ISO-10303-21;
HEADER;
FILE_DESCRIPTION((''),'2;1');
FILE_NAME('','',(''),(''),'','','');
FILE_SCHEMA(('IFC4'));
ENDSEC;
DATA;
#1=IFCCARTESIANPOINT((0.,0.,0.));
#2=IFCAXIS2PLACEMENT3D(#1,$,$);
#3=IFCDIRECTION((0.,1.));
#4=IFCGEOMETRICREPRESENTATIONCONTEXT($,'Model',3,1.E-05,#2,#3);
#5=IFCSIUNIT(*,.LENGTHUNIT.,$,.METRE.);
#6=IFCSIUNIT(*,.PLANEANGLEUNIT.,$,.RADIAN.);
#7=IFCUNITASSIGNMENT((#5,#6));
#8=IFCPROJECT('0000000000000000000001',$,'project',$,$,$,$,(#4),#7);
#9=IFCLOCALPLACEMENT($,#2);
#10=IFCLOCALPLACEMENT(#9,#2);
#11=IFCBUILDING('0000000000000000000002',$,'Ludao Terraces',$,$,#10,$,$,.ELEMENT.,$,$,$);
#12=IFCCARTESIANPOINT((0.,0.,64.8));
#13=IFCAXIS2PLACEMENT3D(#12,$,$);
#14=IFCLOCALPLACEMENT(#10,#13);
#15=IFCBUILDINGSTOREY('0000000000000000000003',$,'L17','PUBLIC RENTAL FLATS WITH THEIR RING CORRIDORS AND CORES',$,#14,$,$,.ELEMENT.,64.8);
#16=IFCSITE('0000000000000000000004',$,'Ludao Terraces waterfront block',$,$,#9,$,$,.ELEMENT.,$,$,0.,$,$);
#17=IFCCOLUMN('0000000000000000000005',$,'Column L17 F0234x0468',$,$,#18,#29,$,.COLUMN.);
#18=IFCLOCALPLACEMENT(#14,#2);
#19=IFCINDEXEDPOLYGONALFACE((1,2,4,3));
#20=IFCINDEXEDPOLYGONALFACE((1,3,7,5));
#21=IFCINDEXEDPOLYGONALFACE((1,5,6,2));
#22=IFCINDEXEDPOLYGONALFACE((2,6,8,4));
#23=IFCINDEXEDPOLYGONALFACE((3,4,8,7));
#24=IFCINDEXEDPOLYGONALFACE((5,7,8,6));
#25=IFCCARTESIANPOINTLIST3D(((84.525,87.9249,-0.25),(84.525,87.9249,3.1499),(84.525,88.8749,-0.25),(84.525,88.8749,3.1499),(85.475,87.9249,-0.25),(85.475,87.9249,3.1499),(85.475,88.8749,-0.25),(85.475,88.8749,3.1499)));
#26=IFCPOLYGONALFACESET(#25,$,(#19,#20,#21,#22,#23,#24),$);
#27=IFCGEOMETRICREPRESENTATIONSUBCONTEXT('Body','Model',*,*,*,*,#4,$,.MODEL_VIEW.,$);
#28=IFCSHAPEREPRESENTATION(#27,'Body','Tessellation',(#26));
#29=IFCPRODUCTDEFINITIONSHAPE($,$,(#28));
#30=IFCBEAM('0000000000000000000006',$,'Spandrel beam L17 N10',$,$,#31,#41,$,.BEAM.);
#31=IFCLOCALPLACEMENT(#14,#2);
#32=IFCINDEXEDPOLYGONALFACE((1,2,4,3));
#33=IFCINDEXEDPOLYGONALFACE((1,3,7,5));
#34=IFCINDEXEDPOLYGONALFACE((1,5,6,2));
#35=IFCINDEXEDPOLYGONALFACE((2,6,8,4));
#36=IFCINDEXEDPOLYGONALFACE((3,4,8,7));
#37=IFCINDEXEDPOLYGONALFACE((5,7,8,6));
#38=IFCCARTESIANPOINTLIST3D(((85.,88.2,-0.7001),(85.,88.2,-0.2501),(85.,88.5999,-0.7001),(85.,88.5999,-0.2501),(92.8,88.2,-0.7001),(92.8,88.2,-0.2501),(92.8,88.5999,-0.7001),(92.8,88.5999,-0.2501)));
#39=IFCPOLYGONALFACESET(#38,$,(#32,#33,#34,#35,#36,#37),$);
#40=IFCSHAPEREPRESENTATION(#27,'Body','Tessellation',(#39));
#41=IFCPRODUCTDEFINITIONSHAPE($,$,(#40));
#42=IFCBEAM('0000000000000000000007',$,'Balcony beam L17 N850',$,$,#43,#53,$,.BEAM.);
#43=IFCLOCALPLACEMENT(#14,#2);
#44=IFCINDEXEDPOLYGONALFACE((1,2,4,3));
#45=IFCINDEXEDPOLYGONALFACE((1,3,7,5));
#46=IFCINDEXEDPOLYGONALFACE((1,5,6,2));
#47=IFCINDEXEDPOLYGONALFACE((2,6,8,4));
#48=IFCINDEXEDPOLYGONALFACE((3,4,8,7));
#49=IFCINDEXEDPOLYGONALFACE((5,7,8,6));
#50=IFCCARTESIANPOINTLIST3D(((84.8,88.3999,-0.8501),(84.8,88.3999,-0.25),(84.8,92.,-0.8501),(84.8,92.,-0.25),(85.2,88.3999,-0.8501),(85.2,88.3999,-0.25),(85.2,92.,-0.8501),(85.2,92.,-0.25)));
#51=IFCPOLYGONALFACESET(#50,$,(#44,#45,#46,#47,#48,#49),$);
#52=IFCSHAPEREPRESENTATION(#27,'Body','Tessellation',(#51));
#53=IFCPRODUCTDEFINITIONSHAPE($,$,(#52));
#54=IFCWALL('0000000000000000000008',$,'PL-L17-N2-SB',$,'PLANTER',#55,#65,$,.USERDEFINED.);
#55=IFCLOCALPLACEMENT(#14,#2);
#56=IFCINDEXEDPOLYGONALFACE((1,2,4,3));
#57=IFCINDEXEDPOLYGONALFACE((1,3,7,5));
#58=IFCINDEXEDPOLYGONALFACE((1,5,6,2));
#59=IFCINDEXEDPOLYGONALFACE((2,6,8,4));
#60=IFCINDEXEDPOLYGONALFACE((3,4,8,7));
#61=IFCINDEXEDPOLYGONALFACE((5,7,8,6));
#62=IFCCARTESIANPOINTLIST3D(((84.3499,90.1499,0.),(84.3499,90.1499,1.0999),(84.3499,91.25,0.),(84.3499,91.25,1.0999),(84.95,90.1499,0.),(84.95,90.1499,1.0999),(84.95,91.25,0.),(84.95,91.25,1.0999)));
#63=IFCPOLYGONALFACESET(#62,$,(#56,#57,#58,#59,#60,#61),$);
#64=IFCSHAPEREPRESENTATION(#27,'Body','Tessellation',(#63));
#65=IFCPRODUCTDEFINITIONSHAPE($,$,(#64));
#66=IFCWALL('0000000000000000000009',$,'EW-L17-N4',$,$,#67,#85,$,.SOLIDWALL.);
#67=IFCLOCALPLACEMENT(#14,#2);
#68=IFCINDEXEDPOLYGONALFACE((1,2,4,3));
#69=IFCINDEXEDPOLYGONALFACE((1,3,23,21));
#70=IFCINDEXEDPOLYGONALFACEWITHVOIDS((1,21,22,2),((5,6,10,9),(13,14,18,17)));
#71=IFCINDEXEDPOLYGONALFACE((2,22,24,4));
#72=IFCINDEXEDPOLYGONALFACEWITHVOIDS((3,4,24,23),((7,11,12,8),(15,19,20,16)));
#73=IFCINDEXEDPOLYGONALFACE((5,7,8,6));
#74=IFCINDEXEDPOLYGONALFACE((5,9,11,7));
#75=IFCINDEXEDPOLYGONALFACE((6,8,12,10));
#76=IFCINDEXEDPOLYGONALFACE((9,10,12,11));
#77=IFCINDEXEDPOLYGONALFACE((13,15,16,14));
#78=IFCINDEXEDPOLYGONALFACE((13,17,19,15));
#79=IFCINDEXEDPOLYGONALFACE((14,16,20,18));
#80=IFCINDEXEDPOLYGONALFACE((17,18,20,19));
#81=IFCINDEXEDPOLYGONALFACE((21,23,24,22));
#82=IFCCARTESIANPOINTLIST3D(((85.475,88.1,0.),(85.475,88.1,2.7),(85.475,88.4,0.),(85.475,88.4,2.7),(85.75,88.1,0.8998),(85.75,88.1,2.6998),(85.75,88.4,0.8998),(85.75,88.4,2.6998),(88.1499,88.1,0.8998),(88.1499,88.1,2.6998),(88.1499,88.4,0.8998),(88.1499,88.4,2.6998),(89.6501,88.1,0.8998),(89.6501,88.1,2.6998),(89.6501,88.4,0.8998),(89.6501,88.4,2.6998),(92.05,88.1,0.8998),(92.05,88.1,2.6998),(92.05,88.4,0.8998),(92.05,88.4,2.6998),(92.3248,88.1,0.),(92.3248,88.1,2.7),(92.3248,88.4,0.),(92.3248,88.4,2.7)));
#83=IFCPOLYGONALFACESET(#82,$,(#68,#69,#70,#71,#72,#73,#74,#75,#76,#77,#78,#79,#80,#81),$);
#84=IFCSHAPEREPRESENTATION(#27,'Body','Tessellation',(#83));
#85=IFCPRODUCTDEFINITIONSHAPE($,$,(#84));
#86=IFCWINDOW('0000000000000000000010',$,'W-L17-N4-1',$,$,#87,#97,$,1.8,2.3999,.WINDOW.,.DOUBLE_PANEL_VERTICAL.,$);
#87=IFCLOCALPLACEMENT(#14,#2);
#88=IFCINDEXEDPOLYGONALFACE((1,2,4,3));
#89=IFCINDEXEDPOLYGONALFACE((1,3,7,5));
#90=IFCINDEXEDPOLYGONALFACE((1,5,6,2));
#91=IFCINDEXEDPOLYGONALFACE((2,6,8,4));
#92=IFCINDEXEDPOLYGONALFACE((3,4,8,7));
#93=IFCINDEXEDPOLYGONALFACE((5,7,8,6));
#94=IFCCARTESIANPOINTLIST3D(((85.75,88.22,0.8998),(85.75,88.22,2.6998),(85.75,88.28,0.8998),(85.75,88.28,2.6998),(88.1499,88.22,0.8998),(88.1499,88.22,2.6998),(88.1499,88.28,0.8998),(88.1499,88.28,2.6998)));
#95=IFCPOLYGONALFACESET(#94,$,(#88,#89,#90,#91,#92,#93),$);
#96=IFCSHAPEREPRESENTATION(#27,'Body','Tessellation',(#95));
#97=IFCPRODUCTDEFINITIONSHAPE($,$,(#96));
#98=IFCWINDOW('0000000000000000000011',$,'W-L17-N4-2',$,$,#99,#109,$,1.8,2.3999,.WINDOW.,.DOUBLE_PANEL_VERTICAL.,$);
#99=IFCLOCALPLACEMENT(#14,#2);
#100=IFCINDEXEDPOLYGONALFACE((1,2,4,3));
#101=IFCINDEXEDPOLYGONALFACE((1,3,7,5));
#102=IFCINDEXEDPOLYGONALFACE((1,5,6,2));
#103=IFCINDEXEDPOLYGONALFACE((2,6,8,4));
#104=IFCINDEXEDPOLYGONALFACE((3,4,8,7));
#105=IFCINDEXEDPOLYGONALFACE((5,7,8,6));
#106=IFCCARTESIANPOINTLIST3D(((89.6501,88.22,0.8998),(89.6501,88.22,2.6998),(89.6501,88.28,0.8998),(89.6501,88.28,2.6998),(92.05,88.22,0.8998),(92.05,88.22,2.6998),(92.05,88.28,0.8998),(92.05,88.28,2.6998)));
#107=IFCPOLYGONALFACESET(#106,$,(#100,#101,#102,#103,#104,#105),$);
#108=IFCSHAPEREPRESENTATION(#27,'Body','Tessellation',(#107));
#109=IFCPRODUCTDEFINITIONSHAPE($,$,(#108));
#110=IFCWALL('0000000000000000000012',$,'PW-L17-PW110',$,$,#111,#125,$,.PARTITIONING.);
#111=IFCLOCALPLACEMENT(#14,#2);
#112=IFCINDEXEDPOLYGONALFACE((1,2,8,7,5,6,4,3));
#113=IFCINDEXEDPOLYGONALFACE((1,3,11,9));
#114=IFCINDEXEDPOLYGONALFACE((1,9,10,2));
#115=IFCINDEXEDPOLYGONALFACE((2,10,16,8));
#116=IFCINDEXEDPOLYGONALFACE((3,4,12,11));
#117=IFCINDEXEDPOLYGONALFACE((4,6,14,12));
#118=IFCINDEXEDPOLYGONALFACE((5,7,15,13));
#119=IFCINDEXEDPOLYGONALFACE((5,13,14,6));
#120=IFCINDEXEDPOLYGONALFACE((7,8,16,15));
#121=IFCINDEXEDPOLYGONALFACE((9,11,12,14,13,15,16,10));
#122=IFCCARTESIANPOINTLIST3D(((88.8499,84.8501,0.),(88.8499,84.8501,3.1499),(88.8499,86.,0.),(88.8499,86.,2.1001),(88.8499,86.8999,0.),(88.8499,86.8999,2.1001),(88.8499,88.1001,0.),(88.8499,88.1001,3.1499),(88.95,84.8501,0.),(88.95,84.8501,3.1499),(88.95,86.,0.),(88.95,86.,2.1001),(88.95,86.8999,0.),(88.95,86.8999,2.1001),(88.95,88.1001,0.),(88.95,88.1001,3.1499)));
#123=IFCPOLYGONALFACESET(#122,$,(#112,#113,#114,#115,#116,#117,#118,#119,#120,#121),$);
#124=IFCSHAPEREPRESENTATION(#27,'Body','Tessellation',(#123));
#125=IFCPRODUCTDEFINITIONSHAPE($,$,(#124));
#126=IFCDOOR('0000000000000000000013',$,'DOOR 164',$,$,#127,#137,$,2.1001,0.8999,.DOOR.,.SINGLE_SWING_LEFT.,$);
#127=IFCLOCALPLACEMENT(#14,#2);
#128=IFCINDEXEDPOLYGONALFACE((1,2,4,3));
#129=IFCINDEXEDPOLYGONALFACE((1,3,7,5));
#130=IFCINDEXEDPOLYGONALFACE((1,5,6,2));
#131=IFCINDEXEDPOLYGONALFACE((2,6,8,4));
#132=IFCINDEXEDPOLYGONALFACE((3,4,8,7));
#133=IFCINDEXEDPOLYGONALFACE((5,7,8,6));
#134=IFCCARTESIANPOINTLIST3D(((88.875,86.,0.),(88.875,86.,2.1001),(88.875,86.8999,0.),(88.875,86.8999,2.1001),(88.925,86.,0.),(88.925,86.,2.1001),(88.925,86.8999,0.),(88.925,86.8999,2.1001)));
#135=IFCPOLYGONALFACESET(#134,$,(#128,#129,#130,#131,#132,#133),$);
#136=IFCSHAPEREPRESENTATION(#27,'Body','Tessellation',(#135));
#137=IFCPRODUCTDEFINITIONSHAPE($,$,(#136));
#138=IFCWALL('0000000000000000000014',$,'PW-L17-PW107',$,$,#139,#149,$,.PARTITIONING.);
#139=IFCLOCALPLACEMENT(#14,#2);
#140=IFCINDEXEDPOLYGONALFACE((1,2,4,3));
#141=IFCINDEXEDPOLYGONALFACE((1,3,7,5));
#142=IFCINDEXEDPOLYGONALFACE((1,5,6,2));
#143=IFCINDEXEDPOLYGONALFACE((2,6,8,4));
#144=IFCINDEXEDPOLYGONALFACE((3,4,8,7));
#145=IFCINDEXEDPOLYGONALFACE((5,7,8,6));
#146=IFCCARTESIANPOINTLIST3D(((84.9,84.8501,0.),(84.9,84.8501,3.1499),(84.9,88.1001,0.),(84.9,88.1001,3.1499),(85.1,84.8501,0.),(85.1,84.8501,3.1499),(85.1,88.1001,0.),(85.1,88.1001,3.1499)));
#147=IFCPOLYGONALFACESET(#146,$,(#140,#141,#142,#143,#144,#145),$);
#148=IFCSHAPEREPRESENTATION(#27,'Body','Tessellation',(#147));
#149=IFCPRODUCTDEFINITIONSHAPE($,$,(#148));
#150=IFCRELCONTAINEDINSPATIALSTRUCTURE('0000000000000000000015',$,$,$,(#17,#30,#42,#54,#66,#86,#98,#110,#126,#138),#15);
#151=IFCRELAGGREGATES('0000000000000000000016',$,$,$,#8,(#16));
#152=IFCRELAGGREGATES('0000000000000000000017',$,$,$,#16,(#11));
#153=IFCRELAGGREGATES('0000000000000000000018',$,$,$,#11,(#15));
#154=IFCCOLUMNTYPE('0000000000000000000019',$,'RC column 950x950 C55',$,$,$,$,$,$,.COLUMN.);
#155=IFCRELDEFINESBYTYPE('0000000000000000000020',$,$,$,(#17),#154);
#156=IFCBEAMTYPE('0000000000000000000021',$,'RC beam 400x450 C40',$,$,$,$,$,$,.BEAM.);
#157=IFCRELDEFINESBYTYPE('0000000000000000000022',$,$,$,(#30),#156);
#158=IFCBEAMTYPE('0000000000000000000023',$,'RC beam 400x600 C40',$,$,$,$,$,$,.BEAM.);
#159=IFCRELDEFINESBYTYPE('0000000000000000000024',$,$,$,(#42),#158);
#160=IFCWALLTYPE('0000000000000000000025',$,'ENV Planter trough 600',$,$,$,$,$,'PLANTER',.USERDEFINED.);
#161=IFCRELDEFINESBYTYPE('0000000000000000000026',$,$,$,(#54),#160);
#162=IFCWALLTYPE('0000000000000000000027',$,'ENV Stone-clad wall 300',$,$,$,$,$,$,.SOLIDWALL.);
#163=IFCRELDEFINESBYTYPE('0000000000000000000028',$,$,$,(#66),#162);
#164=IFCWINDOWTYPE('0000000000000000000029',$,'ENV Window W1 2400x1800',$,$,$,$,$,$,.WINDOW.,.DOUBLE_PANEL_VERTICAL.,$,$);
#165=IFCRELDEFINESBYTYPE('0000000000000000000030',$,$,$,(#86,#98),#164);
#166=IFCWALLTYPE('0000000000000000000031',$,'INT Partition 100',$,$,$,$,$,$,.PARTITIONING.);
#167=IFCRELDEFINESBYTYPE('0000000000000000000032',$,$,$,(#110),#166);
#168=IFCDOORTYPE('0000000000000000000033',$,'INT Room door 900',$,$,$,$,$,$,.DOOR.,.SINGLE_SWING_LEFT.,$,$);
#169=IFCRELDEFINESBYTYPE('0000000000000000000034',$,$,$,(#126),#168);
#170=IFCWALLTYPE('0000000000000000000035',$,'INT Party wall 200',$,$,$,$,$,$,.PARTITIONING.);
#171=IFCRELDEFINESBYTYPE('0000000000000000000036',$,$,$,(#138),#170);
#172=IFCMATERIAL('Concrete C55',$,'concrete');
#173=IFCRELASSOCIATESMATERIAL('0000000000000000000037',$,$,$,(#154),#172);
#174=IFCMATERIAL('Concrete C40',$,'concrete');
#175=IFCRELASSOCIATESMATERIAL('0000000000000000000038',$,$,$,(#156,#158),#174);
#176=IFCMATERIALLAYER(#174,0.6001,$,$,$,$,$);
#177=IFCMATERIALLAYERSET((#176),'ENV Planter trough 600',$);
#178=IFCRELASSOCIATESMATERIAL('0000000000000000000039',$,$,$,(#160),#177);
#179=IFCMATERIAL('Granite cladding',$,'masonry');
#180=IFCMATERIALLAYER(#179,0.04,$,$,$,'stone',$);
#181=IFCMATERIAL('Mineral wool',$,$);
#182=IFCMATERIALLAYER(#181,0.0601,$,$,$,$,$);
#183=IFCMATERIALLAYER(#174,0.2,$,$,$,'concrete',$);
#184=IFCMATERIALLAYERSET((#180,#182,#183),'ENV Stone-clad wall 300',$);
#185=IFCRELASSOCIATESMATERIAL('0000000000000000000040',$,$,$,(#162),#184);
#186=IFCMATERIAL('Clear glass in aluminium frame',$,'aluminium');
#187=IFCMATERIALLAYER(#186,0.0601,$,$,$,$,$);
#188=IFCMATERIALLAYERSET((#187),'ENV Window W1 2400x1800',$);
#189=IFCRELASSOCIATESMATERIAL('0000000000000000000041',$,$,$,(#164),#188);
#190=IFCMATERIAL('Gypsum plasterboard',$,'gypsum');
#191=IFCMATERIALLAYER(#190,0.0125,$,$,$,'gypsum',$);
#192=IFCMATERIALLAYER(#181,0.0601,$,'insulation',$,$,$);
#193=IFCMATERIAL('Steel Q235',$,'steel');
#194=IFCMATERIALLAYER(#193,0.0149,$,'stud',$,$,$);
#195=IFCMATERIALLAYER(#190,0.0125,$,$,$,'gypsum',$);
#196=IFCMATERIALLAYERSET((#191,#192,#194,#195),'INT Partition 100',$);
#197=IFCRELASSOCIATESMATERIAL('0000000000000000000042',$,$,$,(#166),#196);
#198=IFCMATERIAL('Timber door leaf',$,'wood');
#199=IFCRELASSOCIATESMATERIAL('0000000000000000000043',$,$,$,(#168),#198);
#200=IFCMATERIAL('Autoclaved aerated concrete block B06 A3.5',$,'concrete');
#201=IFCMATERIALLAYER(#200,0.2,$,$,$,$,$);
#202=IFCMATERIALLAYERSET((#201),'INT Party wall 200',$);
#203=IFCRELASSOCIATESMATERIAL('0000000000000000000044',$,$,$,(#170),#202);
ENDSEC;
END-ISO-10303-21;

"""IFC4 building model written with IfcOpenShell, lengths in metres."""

from ifc_helpers import new_model, si_unit, direction, frame, frame_2d, origin, origin_2d, place, context, subcontext, project, spatial, rectangle, extrude, material, layer, layer_set, material_profile, profile_set, type_object, element, fill, save


model = new_model("IFC4")

# Units and contexts
model_context = context("Model", 3, precision=1e-05, world=origin(), true_north=direction((0.0, 1.0)))
body_context = subcontext(model_context, "Body", "Model", "MODEL_VIEW")
ifc_project = project(units=[si_unit("LENGTHUNIT", "METRE"), si_unit("PLANEANGLEUNIT", "RADIAN")], contexts=[model_context])

# Site, building, storey
site_placement = place(None, origin())
site = spatial("IfcSite", under=ifc_project, at=site_placement, Name="Ludao Terraces waterfront block", CompositionType="ELEMENT", RefElevation=0.0)
building_placement = place(site_placement, origin())
building = spatial("IfcBuilding", under=site, at=building_placement, Name="Ludao Terraces", CompositionType="ELEMENT")
storey_placement = place(building_placement, frame((0.0, 0.0, 64.8)))
storey = spatial("IfcBuildingStorey", under=building, at=storey_placement, Name="L17", Description="PUBLIC RENTAL FLATS WITH THEIR RING CORRIDORS AND CORES", CompositionType="ELEMENT", Elevation=64.8)

# Column
ifc_material_1 = material(Name="Concrete C55", Category="concrete")
ifc_material_profile_1 = material_profile(ifc_material_1, rectangle(XDim=0.95, YDim=0.95, at=origin_2d()), Name="950 X 950")
ifc_profile_set_1 = profile_set([ifc_material_profile_1], Name="Concrete C55")
column_type = type_object("IfcColumnType", Name="RC column 950x950 C55", PredefinedType="COLUMN", material=ifc_profile_set_1)
column_placement = place(storey_placement, frame((85.0, 88.3999, -0.25), z_axis=(0.0, 0.0, 1.0), x_axis=(1.0, 0.0, 0.0)))
element("IfcColumn", 1, at=column_placement, inside=storey, type_object=column_type, Name="Column L17 F0234x0468", PredefinedType="COLUMN", context=body_context, shape_type="SweptSolid", body=[
    extrude(rectangle(XDim=0.95, YDim=0.95, at=origin_2d()), origin(), (0.0, 0.0, 1.0), 3.3999),
])

# Beams
ifc_material_2 = material(Name="Concrete C40", Category="concrete")
ifc_material_profile_2 = material_profile(ifc_material_2, rectangle(XDim=0.3999, YDim=0.45, at=origin_2d()), Name="400 X 450")
ifc_profile_set_2 = profile_set([ifc_material_profile_2], Name="Concrete C40")
beam_type_1 = type_object("IfcBeamType", Name="RC beam 400x450 C40", PredefinedType="BEAM", material=ifc_profile_set_2)
beam_1_placement = place(storey_placement, frame((85.0, 88.3999, -0.4751), z_axis=(1.0, 0.0, 0.0), x_axis=(0.0, 1.0, 0.0)))
element("IfcBeam", 2, at=beam_1_placement, inside=storey, type_object=beam_type_1, Name="Spandrel beam L17 N10", PredefinedType="BEAM", context=body_context, shape_type="SweptSolid", body=[
    extrude(rectangle(XDim=0.3999, YDim=0.45, at=origin_2d()), origin(), (0.0, 0.0, 1.0), 7.8),
])
ifc_material_profile_3 = material_profile(ifc_material_2, rectangle(XDim=0.3999, YDim=0.6001, at=origin_2d()), Name="400 X 600")
ifc_profile_set_3 = profile_set([ifc_material_profile_3], Name="Concrete C40")
beam_type_2 = type_object("IfcBeamType", Name="RC beam 400x600 C40", PredefinedType="BEAM", material=ifc_profile_set_3)
beam_2_placement = place(storey_placement, frame((85.0, 88.3999, -0.55), z_axis=(0.0, 1.0, 0.0), x_axis=(-1.0, 0.0, 0.0)))
element("IfcBeam", 3, at=beam_2_placement, inside=storey, type_object=beam_type_2, Name="Balcony beam L17 N850", PredefinedType="BEAM", context=body_context, shape_type="SweptSolid", body=[
    extrude(rectangle(XDim=0.3999, YDim=0.6001, at=origin_2d()), origin(), (0.0, 0.0, 1.0), 3.6001),
])

# Wall
ifc_layer_1 = layer(ifc_material_2, 0.6001)
ifc_layer_set_1 = layer_set([ifc_layer_1], Name="ENV Planter trough 600")
wall_type_1 = type_object("IfcWallType", Name="ENV Planter trough 600", ElementType="PLANTER", PredefinedType="USERDEFINED", material=ifc_layer_set_1)
wall_1_placement = place(storey_placement, frame((84.6499, 91.25, 0.0), z_axis=(0.0, 0.0, 1.0), x_axis=(0.0, -1.0, 0.0)))
element("IfcWall", 4, at=wall_1_placement, inside=storey, type_object=wall_type_1, Name="PL-L17-N2-SB", ObjectType="PLANTER", PredefinedType="USERDEFINED", context=body_context, shape_type="SweptSolid", body=[
    extrude(rectangle(XDim=1.1001, YDim=0.6001, at=frame_2d((0.55, 0.0))), origin(), (0.0, 0.0, 1.0), 1.0999),
])

# Wall, openings, windows
ifc_material_3 = material(Name="Granite cladding", Category="masonry")
ifc_layer_2 = layer(ifc_material_3, 0.04, Category="stone")
ifc_material_4 = material(Name="Mineral wool")
ifc_layer_3 = layer(ifc_material_4, 0.0601)
ifc_layer_4 = layer(ifc_material_2, 0.2, Category="concrete")
ifc_layer_set_2 = layer_set([ifc_layer_2, ifc_layer_3, ifc_layer_4], Name="ENV Stone-clad wall 300")
wall_type_2 = type_object("IfcWallType", Name="ENV Stone-clad wall 300", PredefinedType="SOLIDWALL", material=ifc_layer_set_2)
wall_2_placement = place(storey_placement, frame((85.4751, 88.25, 0.0), z_axis=(0.0, 0.0, 1.0), x_axis=(1.0, 0.0, 0.0)))
wall_2 = element("IfcWall", 5, at=wall_2_placement, inside=storey, type_object=wall_type_2, Name="EW-L17-N4", PredefinedType="SOLIDWALL", context=body_context, shape_type="SweptSolid", body=[
    extrude(rectangle(XDim=6.8499, YDim=0.3, at=frame_2d((3.4248, 0.0))), origin(), (0.0, 0.0, 1.0), 2.7),
])
opening_1_placement = place(wall_2_placement, frame((0.2749, 0.0, 0.8999)))
opening_1 = element("IfcOpeningElement", 6, at=opening_1_placement, cuts=wall_2, PredefinedType="OPENING", context=body_context, shape_type="SweptSolid", body=[
    extrude(rectangle(XDim=2.3999, YDim=1.8, at=frame_2d((1.2, 0.8999))), frame((0.0, 0.1602, 0.0), z_axis=(0.0, -1.0, 0.0), x_axis=(1.0, 0.0, 0.0)), (0.0, 0.0, 1.0), 0.3201),
])
opening_2_placement = place(wall_2_placement, frame((4.175, 0.0, 0.8999)))
opening_2 = element("IfcOpeningElement", 7, at=opening_2_placement, cuts=wall_2, PredefinedType="OPENING", context=body_context, shape_type="SweptSolid", body=[
    extrude(rectangle(XDim=2.3999, YDim=1.8, at=frame_2d((1.2, 0.8999))), frame((0.0, 0.1602, 0.0), z_axis=(0.0, -1.0, 0.0), x_axis=(1.0, 0.0, 0.0)), (0.0, 0.0, 1.0), 0.3201),
])
ifc_material_5 = material(Name="Clear glass in aluminium frame", Category="aluminium")
ifc_layer_5 = layer(ifc_material_5, 0.0601)
ifc_layer_set_3 = layer_set([ifc_layer_5], Name="ENV Window W1 2400x1800")
window_type = type_object("IfcWindowType", Name="ENV Window W1 2400x1800", PartitioningType="DOUBLE_PANEL_VERTICAL", PredefinedType="WINDOW", material=ifc_layer_set_3)
window_1_placement = place(opening_1_placement, origin())
window_1 = element("IfcWindow", 8, at=window_1_placement, inside=storey, type_object=window_type, Name="W-L17-N4-1", OverallHeight=1.8, OverallWidth=2.3999, PartitioningType="DOUBLE_PANEL_VERTICAL", PredefinedType="WINDOW", context=body_context, shape_type="SweptSolid", body=[
    extrude(rectangle(XDim=2.3999, YDim=1.8, at=frame_2d((1.2, 0.8999))), frame((0.0, 0.03, 0.0), z_axis=(0.0, -1.0, 0.0), x_axis=(1.0, 0.0, 0.0)), (0.0, 0.0, 1.0), 0.0601),
])
fill(opening_1, window_1)
window_2_placement = place(opening_2_placement, origin())
window_2 = element("IfcWindow", 9, at=window_2_placement, inside=storey, type_object=window_type, Name="W-L17-N4-2", OverallHeight=1.8, OverallWidth=2.3999, PartitioningType="DOUBLE_PANEL_VERTICAL", PredefinedType="WINDOW", context=body_context, shape_type="SweptSolid", body=[
    extrude(rectangle(XDim=2.3999, YDim=1.8, at=frame_2d((1.2, 0.8999))), frame((0.0, 0.03, 0.0), z_axis=(0.0, -1.0, 0.0), x_axis=(1.0, 0.0, 0.0)), (0.0, 0.0, 1.0), 0.0601),
])
fill(opening_2, window_2)

# Wall, opening, door
ifc_material_6 = material(Name="Gypsum plasterboard", Category="gypsum")
ifc_layer_6 = layer(ifc_material_6, 0.0125, Category="gypsum")
ifc_layer_7 = layer(ifc_material_4, 0.0601, Name="insulation")
ifc_material_7 = material(Name="Steel Q235", Category="steel")
ifc_layer_8 = layer(ifc_material_7, 0.0149, Name="stud")
ifc_layer_9 = layer(ifc_material_6, 0.0125, Category="gypsum")
ifc_layer_set_4 = layer_set([ifc_layer_6, ifc_layer_7, ifc_layer_8, ifc_layer_9], Name="INT Partition 100")
wall_type_3 = type_object("IfcWallType", Name="INT Partition 100", PredefinedType="PARTITIONING", material=ifc_layer_set_4)
wall_3_placement = place(storey_placement, frame((88.8999, 84.8501, 0.0), z_axis=(0.0, 0.0, 1.0), x_axis=(0.0, 1.0, 0.0)))
wall_3 = element("IfcWall", 10, at=wall_3_placement, inside=storey, type_object=wall_type_3, Name="PW-L17-PW110", PredefinedType="PARTITIONING", context=body_context, shape_type="SweptSolid", body=[
    extrude(rectangle(XDim=3.25, YDim=0.1001, at=frame_2d((1.625, 0.0))), origin(), (0.0, 0.0, 1.0), 3.1499),
])
opening_3_placement = place(wall_3_placement, frame((1.1499, 0.0, 0.0)))
opening_3 = element("IfcOpeningElement", 11, at=opening_3_placement, cuts=wall_3, PredefinedType="OPENING", context=body_context, shape_type="SweptSolid", body=[
    extrude(rectangle(XDim=0.8999, YDim=2.1001, at=frame_2d((0.45, 1.05))), frame((0.0, 0.0601, 0.0), z_axis=(0.0, -1.0, 0.0), x_axis=(1.0, 0.0, 0.0)), (0.0, 0.0, 1.0), 0.1201),
])
ifc_material_8 = material(Name="Timber door leaf", Category="wood")
door_type_1 = type_object("IfcDoorType", Name="INT Room door 900", OperationType="SINGLE_SWING_LEFT", PredefinedType="DOOR", material=ifc_material_8)
door_1_placement = place(opening_3_placement, origin())
door_1 = element("IfcDoor", 12, at=door_1_placement, inside=storey, type_object=door_type_1, Name="DOOR 164", OperationType="SINGLE_SWING_LEFT", OverallHeight=2.1001, OverallWidth=0.8999, PredefinedType="DOOR", context=body_context, shape_type="SweptSolid", body=[
    extrude(rectangle(XDim=0.8999, YDim=2.1001, at=frame_2d((0.45, 1.05))), frame((0.0, 0.0249, 0.0), z_axis=(0.0, -1.0, 0.0), x_axis=(1.0, 0.0, 0.0)), (0.0, 0.0, 1.0), 0.05),
])
fill(opening_3, door_1)

# Wall
ifc_material_9 = material(Name="Autoclaved aerated concrete block B06 A3.5", Category="concrete")
ifc_layer_10 = layer(ifc_material_9, 0.2)
ifc_layer_set_5 = layer_set([ifc_layer_10], Name="INT Party wall 200")
wall_type_4 = type_object("IfcWallType", Name="INT Party wall 200", PredefinedType="PARTITIONING", material=ifc_layer_set_5)
wall_4_placement = place(storey_placement, frame((85.0, 84.8501, 0.0), z_axis=(0.0, 0.0, 1.0), x_axis=(0.0, 1.0, 0.0)))
element("IfcWall", 13, at=wall_4_placement, inside=storey, type_object=wall_type_4, Name="PW-L17-PW107", PredefinedType="PARTITIONING", context=body_context, shape_type="SweptSolid", body=[
    extrude(rectangle(XDim=3.25, YDim=0.2, at=frame_2d((1.625, 0.0))), origin(), (0.0, 0.0, 1.0), 3.1499),
])

save(model, "model.ifc")
